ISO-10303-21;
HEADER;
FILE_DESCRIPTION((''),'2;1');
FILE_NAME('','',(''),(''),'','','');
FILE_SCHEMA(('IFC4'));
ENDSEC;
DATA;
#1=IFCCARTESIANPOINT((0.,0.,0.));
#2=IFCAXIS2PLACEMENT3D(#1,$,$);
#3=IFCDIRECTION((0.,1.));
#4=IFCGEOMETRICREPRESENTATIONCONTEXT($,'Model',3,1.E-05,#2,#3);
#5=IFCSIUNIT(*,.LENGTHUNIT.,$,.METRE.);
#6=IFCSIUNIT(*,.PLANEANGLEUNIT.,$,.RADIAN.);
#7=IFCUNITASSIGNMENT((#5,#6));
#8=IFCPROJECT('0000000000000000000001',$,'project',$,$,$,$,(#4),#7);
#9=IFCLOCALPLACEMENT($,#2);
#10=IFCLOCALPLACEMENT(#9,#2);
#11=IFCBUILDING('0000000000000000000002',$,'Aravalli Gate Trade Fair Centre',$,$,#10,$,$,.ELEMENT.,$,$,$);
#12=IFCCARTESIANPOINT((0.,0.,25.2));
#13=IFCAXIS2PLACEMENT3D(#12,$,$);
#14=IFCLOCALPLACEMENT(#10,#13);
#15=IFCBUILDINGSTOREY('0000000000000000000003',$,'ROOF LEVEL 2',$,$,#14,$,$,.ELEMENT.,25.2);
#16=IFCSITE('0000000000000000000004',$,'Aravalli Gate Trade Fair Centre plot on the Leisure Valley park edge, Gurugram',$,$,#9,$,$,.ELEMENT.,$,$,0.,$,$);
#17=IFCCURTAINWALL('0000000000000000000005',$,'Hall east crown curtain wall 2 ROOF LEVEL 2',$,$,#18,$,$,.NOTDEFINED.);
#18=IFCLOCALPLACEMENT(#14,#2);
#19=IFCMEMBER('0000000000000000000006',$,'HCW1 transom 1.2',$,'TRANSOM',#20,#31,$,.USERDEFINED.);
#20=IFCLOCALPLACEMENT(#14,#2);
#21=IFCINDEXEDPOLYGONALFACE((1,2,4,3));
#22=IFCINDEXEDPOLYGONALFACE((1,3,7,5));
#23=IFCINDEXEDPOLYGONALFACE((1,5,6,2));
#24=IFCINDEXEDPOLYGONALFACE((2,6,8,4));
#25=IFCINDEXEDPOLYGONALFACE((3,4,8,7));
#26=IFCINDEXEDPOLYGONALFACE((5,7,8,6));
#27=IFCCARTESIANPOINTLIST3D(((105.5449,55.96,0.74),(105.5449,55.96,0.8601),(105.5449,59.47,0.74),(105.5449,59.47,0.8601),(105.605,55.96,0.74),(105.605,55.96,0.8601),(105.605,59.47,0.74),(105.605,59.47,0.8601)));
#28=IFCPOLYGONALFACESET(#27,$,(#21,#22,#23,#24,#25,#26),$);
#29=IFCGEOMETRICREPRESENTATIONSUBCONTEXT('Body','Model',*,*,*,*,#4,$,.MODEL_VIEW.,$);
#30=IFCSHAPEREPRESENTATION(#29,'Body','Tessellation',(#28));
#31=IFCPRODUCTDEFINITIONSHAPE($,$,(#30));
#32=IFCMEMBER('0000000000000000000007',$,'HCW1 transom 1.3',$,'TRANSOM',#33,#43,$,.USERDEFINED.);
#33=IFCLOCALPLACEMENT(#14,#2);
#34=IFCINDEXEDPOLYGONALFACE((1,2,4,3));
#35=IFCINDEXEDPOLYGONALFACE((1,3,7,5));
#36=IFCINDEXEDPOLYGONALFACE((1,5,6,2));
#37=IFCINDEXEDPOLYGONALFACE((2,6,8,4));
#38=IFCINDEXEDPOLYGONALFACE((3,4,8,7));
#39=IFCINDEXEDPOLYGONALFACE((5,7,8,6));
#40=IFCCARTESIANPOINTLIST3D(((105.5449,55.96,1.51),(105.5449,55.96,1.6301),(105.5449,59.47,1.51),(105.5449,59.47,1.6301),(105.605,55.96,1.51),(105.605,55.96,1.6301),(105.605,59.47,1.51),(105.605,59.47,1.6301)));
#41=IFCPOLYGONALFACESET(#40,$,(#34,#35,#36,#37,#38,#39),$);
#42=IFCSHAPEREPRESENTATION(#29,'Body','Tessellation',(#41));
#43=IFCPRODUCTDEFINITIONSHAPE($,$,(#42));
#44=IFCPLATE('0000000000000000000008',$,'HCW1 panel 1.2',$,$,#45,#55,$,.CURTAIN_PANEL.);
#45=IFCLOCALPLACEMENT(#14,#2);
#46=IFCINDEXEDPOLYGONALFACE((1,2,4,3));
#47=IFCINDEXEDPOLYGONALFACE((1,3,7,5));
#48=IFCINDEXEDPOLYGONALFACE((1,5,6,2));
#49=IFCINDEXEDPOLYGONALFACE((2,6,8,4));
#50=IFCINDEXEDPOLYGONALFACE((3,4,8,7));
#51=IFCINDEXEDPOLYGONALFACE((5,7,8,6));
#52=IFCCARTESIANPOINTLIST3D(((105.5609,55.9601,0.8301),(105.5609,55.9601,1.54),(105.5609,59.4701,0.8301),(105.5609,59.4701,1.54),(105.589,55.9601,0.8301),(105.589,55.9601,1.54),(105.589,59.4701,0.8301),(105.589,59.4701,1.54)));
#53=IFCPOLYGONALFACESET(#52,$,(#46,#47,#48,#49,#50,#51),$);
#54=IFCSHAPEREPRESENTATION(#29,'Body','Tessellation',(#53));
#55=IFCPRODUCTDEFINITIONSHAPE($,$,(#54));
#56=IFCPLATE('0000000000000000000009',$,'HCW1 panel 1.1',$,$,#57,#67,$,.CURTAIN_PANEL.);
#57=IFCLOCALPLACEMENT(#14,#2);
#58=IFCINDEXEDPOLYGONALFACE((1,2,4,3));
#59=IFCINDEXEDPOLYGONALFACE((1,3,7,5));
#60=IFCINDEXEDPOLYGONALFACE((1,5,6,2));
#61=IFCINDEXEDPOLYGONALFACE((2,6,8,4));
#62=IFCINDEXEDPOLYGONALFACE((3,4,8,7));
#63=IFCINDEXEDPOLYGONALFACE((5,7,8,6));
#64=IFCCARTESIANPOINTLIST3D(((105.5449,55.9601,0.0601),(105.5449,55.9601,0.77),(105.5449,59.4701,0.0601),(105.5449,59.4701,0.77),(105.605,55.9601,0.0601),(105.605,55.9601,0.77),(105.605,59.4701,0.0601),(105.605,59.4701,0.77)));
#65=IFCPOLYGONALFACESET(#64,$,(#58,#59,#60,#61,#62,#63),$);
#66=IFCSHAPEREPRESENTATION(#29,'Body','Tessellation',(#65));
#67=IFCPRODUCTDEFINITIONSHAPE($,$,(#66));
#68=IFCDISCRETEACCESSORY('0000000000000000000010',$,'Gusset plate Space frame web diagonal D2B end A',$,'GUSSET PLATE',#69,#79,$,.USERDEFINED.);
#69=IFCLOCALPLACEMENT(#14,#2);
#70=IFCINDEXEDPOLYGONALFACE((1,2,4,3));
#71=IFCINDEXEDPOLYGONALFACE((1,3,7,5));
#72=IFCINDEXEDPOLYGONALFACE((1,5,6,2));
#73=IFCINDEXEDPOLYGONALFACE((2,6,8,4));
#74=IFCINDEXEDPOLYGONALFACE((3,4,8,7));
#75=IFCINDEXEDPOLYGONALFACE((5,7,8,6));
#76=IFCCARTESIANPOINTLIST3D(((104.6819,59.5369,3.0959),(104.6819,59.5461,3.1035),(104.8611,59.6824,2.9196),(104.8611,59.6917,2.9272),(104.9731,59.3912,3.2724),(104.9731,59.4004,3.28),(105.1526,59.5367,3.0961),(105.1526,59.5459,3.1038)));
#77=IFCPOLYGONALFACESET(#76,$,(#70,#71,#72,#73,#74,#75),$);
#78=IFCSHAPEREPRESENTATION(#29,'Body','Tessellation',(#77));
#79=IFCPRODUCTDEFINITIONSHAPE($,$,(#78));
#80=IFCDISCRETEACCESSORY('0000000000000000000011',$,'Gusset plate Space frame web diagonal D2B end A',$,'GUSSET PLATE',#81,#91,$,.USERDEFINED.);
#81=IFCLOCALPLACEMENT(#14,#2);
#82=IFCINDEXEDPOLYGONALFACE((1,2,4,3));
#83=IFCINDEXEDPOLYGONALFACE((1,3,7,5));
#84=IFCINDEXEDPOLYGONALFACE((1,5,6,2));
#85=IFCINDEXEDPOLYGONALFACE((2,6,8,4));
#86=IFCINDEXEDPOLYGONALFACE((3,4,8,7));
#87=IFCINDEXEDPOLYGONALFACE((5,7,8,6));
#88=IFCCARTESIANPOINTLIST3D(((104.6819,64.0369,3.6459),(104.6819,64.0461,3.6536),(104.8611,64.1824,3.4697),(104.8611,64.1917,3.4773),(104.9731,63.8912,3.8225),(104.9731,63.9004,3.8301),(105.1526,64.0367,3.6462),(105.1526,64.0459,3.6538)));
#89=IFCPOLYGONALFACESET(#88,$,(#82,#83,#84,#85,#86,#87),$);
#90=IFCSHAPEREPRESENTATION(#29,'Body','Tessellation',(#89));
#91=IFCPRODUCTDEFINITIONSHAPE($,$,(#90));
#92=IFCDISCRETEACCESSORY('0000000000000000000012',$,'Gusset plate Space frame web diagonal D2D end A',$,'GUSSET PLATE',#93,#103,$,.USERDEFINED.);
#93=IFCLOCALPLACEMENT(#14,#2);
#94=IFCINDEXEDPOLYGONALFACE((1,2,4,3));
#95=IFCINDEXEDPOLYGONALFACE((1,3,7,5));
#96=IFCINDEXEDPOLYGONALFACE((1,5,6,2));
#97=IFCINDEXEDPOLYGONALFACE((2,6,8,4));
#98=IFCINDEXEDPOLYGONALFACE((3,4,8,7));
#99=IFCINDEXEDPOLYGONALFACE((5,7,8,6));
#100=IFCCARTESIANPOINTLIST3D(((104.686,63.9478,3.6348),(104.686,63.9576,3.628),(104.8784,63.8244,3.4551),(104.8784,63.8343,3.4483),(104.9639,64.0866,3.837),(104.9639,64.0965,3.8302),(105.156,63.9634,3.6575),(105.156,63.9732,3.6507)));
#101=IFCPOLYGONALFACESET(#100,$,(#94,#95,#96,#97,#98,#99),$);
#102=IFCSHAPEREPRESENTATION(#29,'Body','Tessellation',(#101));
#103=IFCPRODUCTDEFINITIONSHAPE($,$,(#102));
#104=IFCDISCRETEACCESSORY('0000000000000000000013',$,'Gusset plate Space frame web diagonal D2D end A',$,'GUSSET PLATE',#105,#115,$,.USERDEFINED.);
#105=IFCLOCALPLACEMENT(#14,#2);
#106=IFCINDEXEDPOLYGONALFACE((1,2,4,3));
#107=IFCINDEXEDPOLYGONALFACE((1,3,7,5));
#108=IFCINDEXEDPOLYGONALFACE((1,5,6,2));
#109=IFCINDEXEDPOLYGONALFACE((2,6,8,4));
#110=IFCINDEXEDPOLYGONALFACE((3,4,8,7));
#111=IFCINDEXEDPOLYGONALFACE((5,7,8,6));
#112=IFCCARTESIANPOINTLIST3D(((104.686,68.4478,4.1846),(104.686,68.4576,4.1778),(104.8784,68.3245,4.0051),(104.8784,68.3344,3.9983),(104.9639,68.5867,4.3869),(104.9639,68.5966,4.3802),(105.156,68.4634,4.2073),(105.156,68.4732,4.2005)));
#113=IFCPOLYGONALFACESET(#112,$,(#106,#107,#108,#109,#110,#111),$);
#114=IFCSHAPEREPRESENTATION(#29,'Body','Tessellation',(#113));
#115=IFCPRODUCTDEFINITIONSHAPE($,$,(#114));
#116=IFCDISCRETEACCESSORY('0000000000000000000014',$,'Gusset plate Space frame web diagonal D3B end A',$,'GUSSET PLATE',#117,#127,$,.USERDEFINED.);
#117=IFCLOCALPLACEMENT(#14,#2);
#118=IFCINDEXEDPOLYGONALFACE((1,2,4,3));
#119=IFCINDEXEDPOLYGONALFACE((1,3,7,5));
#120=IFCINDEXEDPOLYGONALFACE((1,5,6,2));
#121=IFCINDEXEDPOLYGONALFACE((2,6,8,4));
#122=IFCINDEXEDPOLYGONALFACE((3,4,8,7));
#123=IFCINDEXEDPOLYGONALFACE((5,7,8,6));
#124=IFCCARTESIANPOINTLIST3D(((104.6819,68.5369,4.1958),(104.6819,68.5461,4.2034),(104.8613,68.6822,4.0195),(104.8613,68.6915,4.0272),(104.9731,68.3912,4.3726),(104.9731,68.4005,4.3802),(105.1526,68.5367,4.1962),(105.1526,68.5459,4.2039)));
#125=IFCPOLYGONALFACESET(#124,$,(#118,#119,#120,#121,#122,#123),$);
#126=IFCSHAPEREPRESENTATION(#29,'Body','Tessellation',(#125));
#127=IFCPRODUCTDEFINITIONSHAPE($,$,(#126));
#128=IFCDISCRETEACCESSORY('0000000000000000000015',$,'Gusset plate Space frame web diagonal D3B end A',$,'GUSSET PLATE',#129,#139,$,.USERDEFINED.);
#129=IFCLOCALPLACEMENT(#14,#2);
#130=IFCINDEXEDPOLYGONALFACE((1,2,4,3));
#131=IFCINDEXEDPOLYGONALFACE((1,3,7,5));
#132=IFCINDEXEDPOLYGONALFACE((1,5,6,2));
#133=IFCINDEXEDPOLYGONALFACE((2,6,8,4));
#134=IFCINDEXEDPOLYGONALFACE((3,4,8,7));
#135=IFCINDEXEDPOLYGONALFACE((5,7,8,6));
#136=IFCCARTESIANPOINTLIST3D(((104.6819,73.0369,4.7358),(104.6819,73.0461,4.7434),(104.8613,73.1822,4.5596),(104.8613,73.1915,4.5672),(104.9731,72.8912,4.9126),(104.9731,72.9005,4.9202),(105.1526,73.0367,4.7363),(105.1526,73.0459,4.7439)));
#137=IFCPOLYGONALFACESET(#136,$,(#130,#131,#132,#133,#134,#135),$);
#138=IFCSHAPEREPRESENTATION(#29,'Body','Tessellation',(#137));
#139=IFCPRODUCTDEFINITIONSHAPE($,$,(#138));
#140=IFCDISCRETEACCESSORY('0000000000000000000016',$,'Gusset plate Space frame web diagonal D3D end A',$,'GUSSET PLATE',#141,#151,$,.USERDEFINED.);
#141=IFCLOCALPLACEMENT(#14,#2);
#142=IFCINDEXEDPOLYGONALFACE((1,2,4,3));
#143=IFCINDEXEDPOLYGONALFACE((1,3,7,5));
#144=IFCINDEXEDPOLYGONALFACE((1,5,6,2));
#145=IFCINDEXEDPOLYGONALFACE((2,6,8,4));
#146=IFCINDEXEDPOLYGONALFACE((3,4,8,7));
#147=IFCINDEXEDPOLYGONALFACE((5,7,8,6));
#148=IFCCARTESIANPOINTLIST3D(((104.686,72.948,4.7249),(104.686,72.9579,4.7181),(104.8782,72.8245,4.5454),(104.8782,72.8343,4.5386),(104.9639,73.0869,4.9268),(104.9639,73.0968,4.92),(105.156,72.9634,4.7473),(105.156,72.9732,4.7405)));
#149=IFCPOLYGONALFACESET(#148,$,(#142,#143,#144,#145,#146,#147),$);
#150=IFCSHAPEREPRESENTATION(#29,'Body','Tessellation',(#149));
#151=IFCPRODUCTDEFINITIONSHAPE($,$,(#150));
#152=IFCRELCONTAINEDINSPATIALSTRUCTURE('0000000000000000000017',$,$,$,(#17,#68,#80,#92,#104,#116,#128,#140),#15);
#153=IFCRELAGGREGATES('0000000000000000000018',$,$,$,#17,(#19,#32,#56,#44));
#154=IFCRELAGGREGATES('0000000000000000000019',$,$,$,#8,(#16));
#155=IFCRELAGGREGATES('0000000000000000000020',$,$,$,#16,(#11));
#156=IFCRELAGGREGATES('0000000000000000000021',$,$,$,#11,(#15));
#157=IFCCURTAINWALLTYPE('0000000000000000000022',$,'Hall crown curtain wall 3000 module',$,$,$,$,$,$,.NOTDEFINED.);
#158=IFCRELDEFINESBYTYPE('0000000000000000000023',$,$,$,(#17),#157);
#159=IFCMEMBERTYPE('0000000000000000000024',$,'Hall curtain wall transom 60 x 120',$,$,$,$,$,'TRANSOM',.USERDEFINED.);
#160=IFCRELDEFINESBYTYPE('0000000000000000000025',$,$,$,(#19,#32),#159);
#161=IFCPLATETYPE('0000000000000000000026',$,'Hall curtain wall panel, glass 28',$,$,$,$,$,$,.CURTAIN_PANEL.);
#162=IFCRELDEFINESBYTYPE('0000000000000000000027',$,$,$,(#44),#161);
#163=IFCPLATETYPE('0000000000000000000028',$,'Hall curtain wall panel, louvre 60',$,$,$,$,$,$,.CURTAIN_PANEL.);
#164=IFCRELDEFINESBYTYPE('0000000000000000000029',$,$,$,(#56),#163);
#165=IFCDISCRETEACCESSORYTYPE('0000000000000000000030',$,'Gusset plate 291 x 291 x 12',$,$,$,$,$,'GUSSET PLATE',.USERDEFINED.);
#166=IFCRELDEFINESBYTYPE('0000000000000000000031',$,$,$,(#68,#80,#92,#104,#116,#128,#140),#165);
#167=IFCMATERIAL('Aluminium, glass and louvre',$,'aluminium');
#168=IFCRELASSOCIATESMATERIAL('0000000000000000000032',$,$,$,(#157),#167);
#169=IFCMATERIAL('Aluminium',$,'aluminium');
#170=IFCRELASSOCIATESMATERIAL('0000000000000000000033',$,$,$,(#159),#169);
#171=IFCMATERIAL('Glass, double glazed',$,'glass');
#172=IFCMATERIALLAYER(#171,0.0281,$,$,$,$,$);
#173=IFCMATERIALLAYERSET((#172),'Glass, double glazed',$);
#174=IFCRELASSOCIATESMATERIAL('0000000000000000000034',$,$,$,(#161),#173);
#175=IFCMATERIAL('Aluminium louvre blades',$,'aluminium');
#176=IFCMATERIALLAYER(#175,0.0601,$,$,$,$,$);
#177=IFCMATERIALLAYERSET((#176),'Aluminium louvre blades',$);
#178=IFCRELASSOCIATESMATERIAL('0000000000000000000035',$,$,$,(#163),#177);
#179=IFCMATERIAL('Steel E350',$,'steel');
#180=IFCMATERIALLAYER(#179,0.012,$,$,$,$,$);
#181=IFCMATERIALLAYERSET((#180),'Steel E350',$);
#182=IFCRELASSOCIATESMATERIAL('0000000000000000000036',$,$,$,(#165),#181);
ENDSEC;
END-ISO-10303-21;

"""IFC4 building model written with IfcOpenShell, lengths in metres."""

from ifc_helpers import new_model, si_unit, direction, frame, origin, origin_2d, place, context, subcontext, project, spatial, polyline, rectangle, outline, extrude, material, layer, layer_set, material_profile, profile_set, type_object, element, aggregate, save


model = new_model("IFC4")

# Units and contexts
model_context = context("Model", 3, precision=1e-05, world=origin(), true_north=direction((0.0, 1.0)))
body_context = subcontext(model_context, "Body", "Model", "MODEL_VIEW")
ifc_project = project(units=[si_unit("LENGTHUNIT", "METRE"), si_unit("PLANEANGLEUNIT", "RADIAN")], contexts=[model_context])

# Site, building, storey
site_placement = place(None, origin())
site = spatial("IfcSite", under=ifc_project, at=site_placement, Name="Aravalli Gate Trade Fair Centre plot on the Leisure Valley park edge, Gurugram", CompositionType="ELEMENT", RefElevation=0.0)
building_placement = place(site_placement, origin())
building = spatial("IfcBuilding", under=site, at=building_placement, Name="Aravalli Gate Trade Fair Centre", CompositionType="ELEMENT")
storey_placement = place(building_placement, frame((0.0, 0.0, 25.2)))
storey = spatial("IfcBuildingStorey", under=building, at=storey_placement, Name="ROOF LEVEL 2", CompositionType="ELEMENT", Elevation=25.2)

# Shared definitions
ifc_material_1 = material(Name="Steel E350", Category="steel")

# Curtain wall, members, plates
ifc_material_2 = material(Name="Aluminium, glass and louvre", Category="aluminium")
curtain_wall_type = type_object("IfcCurtainWallType", Name="Hall crown curtain wall 3000 module", PredefinedType="NOTDEFINED", material=ifc_material_2)
curtain_wall_placement = place(storey_placement, origin())
curtain_wall = element("IfcCurtainWall", 1, at=curtain_wall_placement, inside=storey, type_object=curtain_wall_type, Name="Hall east crown curtain wall 2 ROOF LEVEL 2", PredefinedType="NOTDEFINED")
ifc_material_3 = material(Name="Aluminium", Category="aluminium")
ifc_material_profile_1 = material_profile(ifc_material_3, rectangle(XDim=0.0601, YDim=0.1201, at=origin_2d()), Name="Hall curtain wall transom 60 x 120")
ifc_profile_set_1 = profile_set([ifc_material_profile_1], Name="Aluminium")
member_type_1 = type_object("IfcMemberType", Name="Hall curtain wall transom 60 x 120", ElementType="TRANSOM", PredefinedType="USERDEFINED", material=ifc_profile_set_1)
member_1_placement = place(storey_placement, frame((105.575, 55.96, 0.8), z_axis=(0.0, 1.0, 0.0), x_axis=(-1.0, 0.0, 0.0)))
member_1 = element("IfcMember", 2, at=member_1_placement, type_object=member_type_1, Name="HCW1 transom 1.2", ObjectType="TRANSOM", PredefinedType="USERDEFINED", context=body_context, shape_type="SweptSolid", body=[
    extrude(rectangle(XDim=0.0601, YDim=0.1201, at=origin_2d()), origin(), (0.0, 0.0, 1.0), 3.51),
])
member_2_placement = place(storey_placement, frame((105.575, 55.96, 1.5701), z_axis=(0.0, 1.0, 0.0), x_axis=(-1.0, 0.0, 0.0)))
member_2 = element("IfcMember", 3, at=member_2_placement, type_object=member_type_1, Name="HCW1 transom 1.3", ObjectType="TRANSOM", PredefinedType="USERDEFINED", context=body_context, shape_type="SweptSolid", body=[
    extrude(rectangle(XDim=0.0601, YDim=0.1201, at=origin_2d()), origin(), (0.0, 0.0, 1.0), 3.51),
])
ifc_material_4 = material(Name="Glass, double glazed", Category="glass")
ifc_layer_1 = layer(ifc_material_4, 0.0281)
ifc_layer_set_1 = layer_set([ifc_layer_1], Name="Glass, double glazed")
plate_type_1 = type_object("IfcPlateType", Name="Hall curtain wall panel, glass 28", PredefinedType="CURTAIN_PANEL", material=ifc_layer_set_1)
plate_1_placement = place(storey_placement, frame((105.575, 57.7151, 0.8301), z_axis=(0.0, 0.0, 1.0), x_axis=(0.0, 1.0, 0.0)))
plate_1 = element("IfcPlate", 4, at=plate_1_placement, type_object=plate_type_1, Name="HCW1 panel 1.2", PredefinedType="CURTAIN_PANEL", context=body_context, shape_type="SweptSolid", body=[
    extrude(rectangle(XDim=3.51, YDim=0.0281, at=origin_2d()), origin(), (0.0, 0.0, 1.0), 0.71),
])
ifc_material_5 = material(Name="Aluminium louvre blades", Category="aluminium")
ifc_layer_2 = layer(ifc_material_5, 0.0601)
ifc_layer_set_2 = layer_set([ifc_layer_2], Name="Aluminium louvre blades")
plate_type_2 = type_object("IfcPlateType", Name="Hall curtain wall panel, louvre 60", PredefinedType="CURTAIN_PANEL", material=ifc_layer_set_2)
plate_2_placement = place(storey_placement, frame((105.575, 57.7151, 0.0601), z_axis=(0.0, 0.0, 1.0), x_axis=(0.0, 1.0, 0.0)))
plate_2 = element("IfcPlate", 5, at=plate_2_placement, type_object=plate_type_2, Name="HCW1 panel 1.1", PredefinedType="CURTAIN_PANEL", context=body_context, shape_type="SweptSolid", body=[
    extrude(rectangle(XDim=3.51, YDim=0.0601, at=origin_2d()), origin(), (0.0, 0.0, 1.0), 0.71),
])
aggregate(curtain_wall, [member_1, member_2, plate_2, plate_1])

# Discrete accessories
ifc_layer_3 = layer(ifc_material_1, 0.012)
ifc_layer_set_3 = layer_set([ifc_layer_3], Name="Steel E350")
discrete_accessory_type = type_object("IfcDiscreteAccessoryType", Name="Gusset plate 291 x 291 x 12", ElementType="GUSSET PLATE", PredefinedType="USERDEFINED", material=ifc_layer_set_3)
for number, where, z_axis, x_axis, name in (
    (6, (104.6819, 59.5461, 3.1035), (0.00007, 0.771155, 0.636648), (0.786233, -0.393446, 0.476485), "Gusset plate Space frame web diagonal D2B end A"),
    (7, (104.6819, 64.0461, 3.6536), (0.00007, 0.771155, 0.636648), (0.786233, -0.393446, 0.476485), "Gusset plate Space frame web diagonal D2B end A"),
):
    element("IfcDiscreteAccessory", number, at=place(storey_placement, frame(where, z_axis=z_axis, x_axis=x_axis)), inside=storey, type_object=discrete_accessory_type, Name=name, ObjectType="GUSSET PLATE", PredefinedType="USERDEFINED", context=body_context, shape_type="SweptSolid", body=[
        extrude(outline(polyline([(0.0, 0.0), (0.3704, 0.0), (0.3703, 0.2906), (-0.0003, 0.2904), (0.0, 0.0)])), origin(), (0.0, 0.0, -1.0), 0.012),
    ])
discrete_accessory_1_placement = place(storey_placement, frame((104.686, 63.9478, 3.6348), z_axis=(0.000059, -0.824356, 0.566072), x_axis=(0.74966, 0.374676, 0.545552)))
element("IfcDiscreteAccessory", 8, at=discrete_accessory_1_placement, inside=storey, type_object=discrete_accessory_type, Name="Gusset plate Space frame web diagonal D2D end A", ObjectType="GUSSET PLATE", PredefinedType="USERDEFINED", context=body_context, shape_type="SweptSolid", body=[
    extrude(outline(polyline([(0.0, 0.0), (0.3706, 0.0), (0.3706, -0.2904), (0.0, -0.2907), (0.0, 0.0)])), origin(), (0.0, 0.0, -1.0), 0.012),
])
discrete_accessory_2_placement = place(storey_placement, frame((104.686, 68.4478, 4.1846), z_axis=(0.000059, -0.824356, 0.566072), x_axis=(0.749391, 0.374849, 0.545804)))
element("IfcDiscreteAccessory", 9, at=discrete_accessory_2_placement, inside=storey, type_object=discrete_accessory_type, Name="Gusset plate Space frame web diagonal D2D end A", ObjectType="GUSSET PLATE", PredefinedType="USERDEFINED", context=body_context, shape_type="SweptSolid", body=[
    extrude(outline(polyline([(0.0, 0.0), (0.3707, 0.0), (0.3704, -0.2905), (0.0, -0.2905), (0.0, 0.0)])), origin(), (0.0, 0.0, -1.0), 0.012),
])
for number, where, z_axis, x_axis, name in (
    (10, (104.6819, 68.5461, 4.2034), (-0.00026, 0.771582, 0.63613), (0.785986, -0.393126, 0.477156), "Gusset plate Space frame web diagonal D3B end A"),
    (11, (104.6819, 73.0461, 4.7434), (-0.00026, 0.771582, 0.63613), (0.785986, -0.393126, 0.477156), "Gusset plate Space frame web diagonal D3B end A"),
):
    element("IfcDiscreteAccessory", number, at=place(storey_placement, frame(where, z_axis=z_axis, x_axis=x_axis)), inside=storey, type_object=discrete_accessory_type, Name=name, ObjectType="GUSSET PLATE", PredefinedType="USERDEFINED", context=body_context, shape_type="SweptSolid", body=[
        extrude(outline(polyline([(0.0, 0.0), (0.3706, 0.0), (0.3703, 0.2906), (-0.0002, 0.2905), (0.0, 0.0)])), origin(), (0.0, 0.0, -1.0), 0.012),
    ])
discrete_accessory_3_placement = place(storey_placement, frame((104.686, 72.948, 4.7249), z_axis=(-0.000137, -0.82375, 0.566952), x_axis=(0.749929, 0.374965, 0.544984)))
element("IfcDiscreteAccessory", 12, at=discrete_accessory_3_placement, inside=storey, type_object=discrete_accessory_type, Name="Gusset plate Space frame web diagonal D3D end A", ObjectType="GUSSET PLATE", PredefinedType="USERDEFINED", context=body_context, shape_type="SweptSolid", body=[
    extrude(outline(polyline([(0.0, 0.0), (0.3705, 0.0), (0.3705, -0.2905), (0.0, -0.2905), (0.0, 0.0)])), origin(), (0.0, 0.0, -1.0), 0.012),
])

save(model, "model.ifc")
